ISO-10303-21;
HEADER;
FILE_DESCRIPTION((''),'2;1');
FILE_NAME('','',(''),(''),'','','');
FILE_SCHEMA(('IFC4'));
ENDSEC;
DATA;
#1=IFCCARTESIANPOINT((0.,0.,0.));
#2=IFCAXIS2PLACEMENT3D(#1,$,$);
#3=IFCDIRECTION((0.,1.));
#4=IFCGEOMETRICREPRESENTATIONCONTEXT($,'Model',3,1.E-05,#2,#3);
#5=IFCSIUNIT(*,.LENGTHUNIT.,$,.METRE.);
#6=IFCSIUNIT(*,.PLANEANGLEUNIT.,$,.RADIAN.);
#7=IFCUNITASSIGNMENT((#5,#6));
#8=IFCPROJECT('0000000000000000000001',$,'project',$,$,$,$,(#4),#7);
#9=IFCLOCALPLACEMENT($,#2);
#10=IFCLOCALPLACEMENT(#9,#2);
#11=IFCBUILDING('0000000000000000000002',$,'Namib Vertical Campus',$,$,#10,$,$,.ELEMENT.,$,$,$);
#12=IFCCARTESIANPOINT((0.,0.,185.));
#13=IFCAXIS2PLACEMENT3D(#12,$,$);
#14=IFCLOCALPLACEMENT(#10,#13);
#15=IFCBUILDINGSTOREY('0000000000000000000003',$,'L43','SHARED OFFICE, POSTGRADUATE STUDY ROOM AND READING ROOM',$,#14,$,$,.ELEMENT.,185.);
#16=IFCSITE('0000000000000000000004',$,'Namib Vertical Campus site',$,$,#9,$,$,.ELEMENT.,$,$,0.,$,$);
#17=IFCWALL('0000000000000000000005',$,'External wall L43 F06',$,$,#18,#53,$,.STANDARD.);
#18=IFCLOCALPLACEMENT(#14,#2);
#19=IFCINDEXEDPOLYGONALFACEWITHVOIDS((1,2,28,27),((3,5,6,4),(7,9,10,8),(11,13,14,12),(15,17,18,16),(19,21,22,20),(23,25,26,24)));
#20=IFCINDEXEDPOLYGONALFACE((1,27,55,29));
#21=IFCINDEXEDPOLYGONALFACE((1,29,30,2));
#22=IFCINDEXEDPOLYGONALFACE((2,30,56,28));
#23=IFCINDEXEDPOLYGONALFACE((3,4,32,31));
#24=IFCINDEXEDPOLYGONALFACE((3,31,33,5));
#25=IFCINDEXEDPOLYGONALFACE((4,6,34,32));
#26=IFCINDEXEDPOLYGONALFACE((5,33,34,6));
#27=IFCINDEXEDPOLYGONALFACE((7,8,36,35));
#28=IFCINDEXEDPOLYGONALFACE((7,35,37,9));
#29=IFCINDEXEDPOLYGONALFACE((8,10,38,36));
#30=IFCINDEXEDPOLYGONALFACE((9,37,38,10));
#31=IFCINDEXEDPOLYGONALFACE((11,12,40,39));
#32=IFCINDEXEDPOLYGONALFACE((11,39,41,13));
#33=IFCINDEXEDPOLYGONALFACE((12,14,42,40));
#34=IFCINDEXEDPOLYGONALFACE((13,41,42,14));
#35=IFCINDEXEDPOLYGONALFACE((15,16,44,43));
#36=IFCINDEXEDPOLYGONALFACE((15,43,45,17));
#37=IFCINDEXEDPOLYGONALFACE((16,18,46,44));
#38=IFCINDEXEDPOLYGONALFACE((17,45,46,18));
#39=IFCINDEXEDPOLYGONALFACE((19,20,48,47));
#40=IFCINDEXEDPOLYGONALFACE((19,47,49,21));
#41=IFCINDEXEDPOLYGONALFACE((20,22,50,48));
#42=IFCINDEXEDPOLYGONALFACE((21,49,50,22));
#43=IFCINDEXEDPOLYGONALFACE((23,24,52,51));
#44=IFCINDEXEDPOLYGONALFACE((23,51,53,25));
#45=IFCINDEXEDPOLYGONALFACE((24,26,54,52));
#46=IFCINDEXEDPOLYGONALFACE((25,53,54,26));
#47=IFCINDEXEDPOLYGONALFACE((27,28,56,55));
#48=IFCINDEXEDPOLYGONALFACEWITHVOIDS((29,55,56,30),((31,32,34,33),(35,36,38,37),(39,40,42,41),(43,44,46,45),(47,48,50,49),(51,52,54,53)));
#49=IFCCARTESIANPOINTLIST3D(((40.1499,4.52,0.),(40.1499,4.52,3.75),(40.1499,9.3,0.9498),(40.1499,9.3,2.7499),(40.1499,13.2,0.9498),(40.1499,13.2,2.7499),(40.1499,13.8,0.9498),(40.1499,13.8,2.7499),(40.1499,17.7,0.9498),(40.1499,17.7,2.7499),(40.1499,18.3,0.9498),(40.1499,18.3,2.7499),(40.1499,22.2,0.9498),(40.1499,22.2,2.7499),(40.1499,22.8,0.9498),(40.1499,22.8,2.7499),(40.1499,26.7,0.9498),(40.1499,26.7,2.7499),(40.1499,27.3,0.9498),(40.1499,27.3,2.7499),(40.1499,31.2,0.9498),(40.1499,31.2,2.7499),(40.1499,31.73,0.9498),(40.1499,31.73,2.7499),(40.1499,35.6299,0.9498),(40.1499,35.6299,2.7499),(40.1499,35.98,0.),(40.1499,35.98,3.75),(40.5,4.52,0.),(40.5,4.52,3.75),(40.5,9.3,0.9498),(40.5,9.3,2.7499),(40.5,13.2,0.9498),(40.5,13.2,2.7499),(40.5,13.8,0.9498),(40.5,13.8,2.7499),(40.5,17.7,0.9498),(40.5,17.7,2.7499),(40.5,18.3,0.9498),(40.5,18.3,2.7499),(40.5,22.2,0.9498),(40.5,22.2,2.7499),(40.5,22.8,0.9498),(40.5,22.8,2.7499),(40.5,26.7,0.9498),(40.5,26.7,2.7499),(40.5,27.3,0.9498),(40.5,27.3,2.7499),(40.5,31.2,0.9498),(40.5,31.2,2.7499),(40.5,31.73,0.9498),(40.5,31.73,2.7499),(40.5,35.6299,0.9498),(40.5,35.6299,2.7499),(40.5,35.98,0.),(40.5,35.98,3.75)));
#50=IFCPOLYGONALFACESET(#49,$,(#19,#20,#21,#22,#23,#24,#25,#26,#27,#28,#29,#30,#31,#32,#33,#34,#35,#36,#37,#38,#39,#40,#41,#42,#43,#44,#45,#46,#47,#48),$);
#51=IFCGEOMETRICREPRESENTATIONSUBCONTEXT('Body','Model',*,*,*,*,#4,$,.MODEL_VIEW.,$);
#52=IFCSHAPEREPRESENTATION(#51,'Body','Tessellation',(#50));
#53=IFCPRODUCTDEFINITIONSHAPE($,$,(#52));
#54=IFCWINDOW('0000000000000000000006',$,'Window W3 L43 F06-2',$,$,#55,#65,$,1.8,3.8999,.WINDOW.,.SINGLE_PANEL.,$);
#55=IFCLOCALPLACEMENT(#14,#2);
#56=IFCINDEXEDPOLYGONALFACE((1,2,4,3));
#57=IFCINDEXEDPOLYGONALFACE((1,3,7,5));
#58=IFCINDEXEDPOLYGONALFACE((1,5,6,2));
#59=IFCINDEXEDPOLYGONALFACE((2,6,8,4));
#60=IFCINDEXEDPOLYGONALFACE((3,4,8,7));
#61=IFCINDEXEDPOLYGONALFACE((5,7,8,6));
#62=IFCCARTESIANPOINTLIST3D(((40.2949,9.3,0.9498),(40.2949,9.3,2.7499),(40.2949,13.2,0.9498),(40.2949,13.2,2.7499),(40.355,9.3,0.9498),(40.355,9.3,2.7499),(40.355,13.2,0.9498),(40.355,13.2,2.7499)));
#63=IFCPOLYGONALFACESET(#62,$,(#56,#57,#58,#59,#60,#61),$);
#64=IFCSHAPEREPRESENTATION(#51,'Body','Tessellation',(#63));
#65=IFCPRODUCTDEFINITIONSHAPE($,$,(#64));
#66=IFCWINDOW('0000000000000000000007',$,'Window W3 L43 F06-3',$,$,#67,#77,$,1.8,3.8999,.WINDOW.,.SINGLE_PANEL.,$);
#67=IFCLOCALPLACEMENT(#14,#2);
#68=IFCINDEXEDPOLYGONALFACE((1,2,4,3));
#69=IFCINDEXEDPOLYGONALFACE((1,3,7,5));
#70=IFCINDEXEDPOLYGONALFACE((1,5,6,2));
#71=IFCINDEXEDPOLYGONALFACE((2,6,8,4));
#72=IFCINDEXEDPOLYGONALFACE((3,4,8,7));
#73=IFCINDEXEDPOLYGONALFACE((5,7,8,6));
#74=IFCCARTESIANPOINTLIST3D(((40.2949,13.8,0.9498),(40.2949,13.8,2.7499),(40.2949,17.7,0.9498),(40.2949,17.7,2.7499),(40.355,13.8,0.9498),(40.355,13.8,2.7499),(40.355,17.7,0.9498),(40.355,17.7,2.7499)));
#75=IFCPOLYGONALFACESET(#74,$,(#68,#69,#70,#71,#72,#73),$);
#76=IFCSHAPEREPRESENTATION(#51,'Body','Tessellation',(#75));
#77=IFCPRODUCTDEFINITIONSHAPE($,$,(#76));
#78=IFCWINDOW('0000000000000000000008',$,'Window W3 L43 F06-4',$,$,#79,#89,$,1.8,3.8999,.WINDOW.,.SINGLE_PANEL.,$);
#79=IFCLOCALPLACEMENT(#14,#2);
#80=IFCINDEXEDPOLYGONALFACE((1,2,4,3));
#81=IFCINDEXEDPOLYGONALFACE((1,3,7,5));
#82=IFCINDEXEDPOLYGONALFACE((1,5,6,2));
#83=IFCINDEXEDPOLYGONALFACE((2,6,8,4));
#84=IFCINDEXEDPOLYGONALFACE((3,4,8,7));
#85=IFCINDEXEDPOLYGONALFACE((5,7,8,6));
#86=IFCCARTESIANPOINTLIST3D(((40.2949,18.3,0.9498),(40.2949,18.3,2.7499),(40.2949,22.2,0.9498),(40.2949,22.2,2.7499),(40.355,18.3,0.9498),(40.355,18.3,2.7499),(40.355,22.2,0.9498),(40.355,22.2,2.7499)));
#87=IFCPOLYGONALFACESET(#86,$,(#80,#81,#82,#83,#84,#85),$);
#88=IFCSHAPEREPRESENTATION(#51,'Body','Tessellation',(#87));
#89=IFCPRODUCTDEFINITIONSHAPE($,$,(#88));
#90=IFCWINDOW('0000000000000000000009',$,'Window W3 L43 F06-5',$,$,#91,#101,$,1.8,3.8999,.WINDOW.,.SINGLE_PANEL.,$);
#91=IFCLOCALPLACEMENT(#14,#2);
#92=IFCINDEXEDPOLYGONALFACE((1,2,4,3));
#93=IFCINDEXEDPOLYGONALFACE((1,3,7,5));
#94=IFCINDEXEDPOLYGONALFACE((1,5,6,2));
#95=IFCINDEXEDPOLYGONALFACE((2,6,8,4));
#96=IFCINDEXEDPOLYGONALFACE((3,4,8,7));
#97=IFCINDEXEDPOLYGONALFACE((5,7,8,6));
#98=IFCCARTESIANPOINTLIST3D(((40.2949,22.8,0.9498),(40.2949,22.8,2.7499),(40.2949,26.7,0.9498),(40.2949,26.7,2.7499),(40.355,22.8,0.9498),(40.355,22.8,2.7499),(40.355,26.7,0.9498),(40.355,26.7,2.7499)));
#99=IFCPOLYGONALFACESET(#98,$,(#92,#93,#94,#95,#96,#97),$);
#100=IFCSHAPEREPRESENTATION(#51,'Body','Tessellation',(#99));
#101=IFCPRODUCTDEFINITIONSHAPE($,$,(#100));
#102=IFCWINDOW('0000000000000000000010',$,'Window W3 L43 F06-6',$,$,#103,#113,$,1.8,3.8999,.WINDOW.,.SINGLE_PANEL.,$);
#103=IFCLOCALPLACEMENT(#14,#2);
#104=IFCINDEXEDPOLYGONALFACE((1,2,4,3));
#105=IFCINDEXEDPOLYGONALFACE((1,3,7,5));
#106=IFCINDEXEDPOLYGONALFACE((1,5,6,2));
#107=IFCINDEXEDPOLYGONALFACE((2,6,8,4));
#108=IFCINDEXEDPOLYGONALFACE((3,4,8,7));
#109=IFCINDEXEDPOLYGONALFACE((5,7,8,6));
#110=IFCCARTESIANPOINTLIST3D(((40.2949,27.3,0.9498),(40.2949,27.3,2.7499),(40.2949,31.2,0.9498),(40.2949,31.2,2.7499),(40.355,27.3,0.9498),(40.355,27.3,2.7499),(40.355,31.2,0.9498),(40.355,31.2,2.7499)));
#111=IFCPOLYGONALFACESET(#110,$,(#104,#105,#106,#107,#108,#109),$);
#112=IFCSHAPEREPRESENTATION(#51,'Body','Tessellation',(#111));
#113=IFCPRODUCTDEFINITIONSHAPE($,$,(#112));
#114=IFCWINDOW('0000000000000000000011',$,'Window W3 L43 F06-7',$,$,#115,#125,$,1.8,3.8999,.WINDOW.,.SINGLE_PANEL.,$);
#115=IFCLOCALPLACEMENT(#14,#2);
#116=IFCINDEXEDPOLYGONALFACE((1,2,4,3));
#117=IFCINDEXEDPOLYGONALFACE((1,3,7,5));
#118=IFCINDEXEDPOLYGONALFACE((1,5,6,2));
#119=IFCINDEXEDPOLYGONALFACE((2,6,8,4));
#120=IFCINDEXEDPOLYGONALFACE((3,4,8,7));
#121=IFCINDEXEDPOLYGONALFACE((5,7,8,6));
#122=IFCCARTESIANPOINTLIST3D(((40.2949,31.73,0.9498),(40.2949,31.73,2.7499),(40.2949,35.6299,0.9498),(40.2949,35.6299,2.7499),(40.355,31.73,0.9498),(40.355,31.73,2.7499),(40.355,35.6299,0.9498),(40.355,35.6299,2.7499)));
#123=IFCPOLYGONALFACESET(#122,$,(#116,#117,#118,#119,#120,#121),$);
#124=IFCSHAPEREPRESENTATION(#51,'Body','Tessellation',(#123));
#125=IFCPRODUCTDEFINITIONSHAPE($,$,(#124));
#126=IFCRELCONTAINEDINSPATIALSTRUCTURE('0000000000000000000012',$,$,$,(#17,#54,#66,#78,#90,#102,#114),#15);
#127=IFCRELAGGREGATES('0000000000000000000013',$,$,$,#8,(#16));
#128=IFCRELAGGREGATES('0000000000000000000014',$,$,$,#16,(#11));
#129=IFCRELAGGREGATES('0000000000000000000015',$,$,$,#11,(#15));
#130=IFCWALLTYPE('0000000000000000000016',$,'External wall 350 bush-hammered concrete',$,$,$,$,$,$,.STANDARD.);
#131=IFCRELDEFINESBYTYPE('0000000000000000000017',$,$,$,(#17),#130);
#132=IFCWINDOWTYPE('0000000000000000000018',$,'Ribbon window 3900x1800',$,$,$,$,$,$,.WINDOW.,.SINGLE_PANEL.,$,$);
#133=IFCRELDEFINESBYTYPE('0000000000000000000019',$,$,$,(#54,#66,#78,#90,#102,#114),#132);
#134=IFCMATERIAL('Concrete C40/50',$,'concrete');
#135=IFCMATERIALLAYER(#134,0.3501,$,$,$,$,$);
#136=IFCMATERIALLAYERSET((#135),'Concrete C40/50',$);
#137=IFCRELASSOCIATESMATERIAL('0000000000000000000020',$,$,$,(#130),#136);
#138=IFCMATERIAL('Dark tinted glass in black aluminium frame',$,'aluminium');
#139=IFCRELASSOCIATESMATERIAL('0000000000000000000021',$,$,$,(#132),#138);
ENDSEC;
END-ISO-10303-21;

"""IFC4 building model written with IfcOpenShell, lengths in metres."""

from ifc_helpers import new_model, si_unit, direction, frame, frame_2d, origin, place, context, subcontext, project, spatial, rectangle, extrude, material, layer, layer_set, type_object, element, fill, save


model = new_model("IFC4")

# Units and contexts
model_context = context("Model", 3, precision=1e-05, world=origin(), true_north=direction((0.0, 1.0)))
body_context = subcontext(model_context, "Body", "Model", "MODEL_VIEW")
ifc_project = project(units=[si_unit("LENGTHUNIT", "METRE"), si_unit("PLANEANGLEUNIT", "RADIAN")], contexts=[model_context])

# Site, building, storey
site_placement = place(None, origin())
site = spatial("IfcSite", under=ifc_project, at=site_placement, Name="Namib Vertical Campus site", CompositionType="ELEMENT", RefElevation=0.0)
building_placement = place(site_placement, origin())
building = spatial("IfcBuilding", under=site, at=building_placement, Name="Namib Vertical Campus", CompositionType="ELEMENT")
storey_placement = place(building_placement, frame((0.0, 0.0, 185.0)))
storey = spatial("IfcBuildingStorey", under=building, at=storey_placement, Name="L43", Description="SHARED OFFICE, POSTGRADUATE STUDY ROOM AND READING ROOM", CompositionType="ELEMENT", Elevation=185.0)

# Wall, openings, windows
ifc_material_1 = material(Name="Concrete C40/50", Category="concrete")
ifc_layer_1 = layer(ifc_material_1, 0.3501)
ifc_layer_set_1 = layer_set([ifc_layer_1], Name="Concrete C40/50")
wall_type_1 = type_object("IfcWallType", Name="External wall 350 bush-hammered concrete", PredefinedType="STANDARD", material=ifc_layer_set_1)
wall_1_placement = place(storey_placement, frame((40.325, 4.52, 0.0), z_axis=(0.0, 0.0, 1.0), x_axis=(0.0, 1.0, 0.0)))
wall_1 = element("IfcWall", 1, at=wall_1_placement, inside=storey, type_object=wall_type_1, Name="External wall L43 F06", PredefinedType="STANDARD", context=body_context, shape_type="SweptSolid", body=[
    extrude(rectangle(XDim=31.46, YDim=0.3501, at=frame_2d((15.73, 0.0))), origin(), (0.0, 0.0, 1.0), 3.75),
])
opening_1_placement = place(wall_1_placement, frame((4.78, 0.0, 0.95)))
opening_1 = element("IfcOpeningElement", 2, at=opening_1_placement, cuts=wall_1, PredefinedType="OPENING", context=body_context, shape_type="SweptSolid", body=[
    extrude(rectangle(XDim=3.8999, YDim=1.8, at=frame_2d((1.95, 0.8999))), frame((0.0, 0.1851, 0.0), z_axis=(0.0, -1.0, 0.0), x_axis=(1.0, 0.0, 0.0)), (0.0, 0.0, 1.0), 0.3701),
])
opening_2_placement = place(wall_1_placement, frame((9.28, 0.0, 0.95)))
opening_2 = element("IfcOpeningElement", 3, at=opening_2_placement, cuts=wall_1, PredefinedType="OPENING", context=body_context, shape_type="SweptSolid", body=[
    extrude(rectangle(XDim=3.8999, YDim=1.8, at=frame_2d((1.95, 0.8999))), frame((0.0, 0.1851, 0.0), z_axis=(0.0, -1.0, 0.0), x_axis=(1.0, 0.0, 0.0)), (0.0, 0.0, 1.0), 0.3701),
])
opening_3_placement = place(wall_1_placement, frame((13.78, 0.0, 0.95)))
opening_3 = element("IfcOpeningElement", 4, at=opening_3_placement, cuts=wall_1, PredefinedType="OPENING", context=body_context, shape_type="SweptSolid", body=[
    extrude(rectangle(XDim=3.8999, YDim=1.8, at=frame_2d((1.95, 0.8999))), frame((0.0, 0.1851, 0.0), z_axis=(0.0, -1.0, 0.0), x_axis=(1.0, 0.0, 0.0)), (0.0, 0.0, 1.0), 0.3701),
])
opening_4_placement = place(wall_1_placement, frame((18.28, 0.0, 0.95)))
opening_4 = element("IfcOpeningElement", 5, at=opening_4_placement, cuts=wall_1, PredefinedType="OPENING", context=body_context, shape_type="SweptSolid", body=[
    extrude(rectangle(XDim=3.8999, YDim=1.8, at=frame_2d((1.95, 0.8999))), frame((0.0, 0.1851, 0.0), z_axis=(0.0, -1.0, 0.0), x_axis=(1.0, 0.0, 0.0)), (0.0, 0.0, 1.0), 0.3701),
])
opening_5_placement = place(wall_1_placement, frame((22.78, 0.0, 0.95)))
opening_5 = element("IfcOpeningElement", 6, at=opening_5_placement, cuts=wall_1, PredefinedType="OPENING", context=body_context, shape_type="SweptSolid", body=[
    extrude(rectangle(XDim=3.8999, YDim=1.8, at=frame_2d((1.95, 0.8999))), frame((0.0, 0.1851, 0.0), z_axis=(0.0, -1.0, 0.0), x_axis=(1.0, 0.0, 0.0)), (0.0, 0.0, 1.0), 0.3701),
])
opening_6_placement = place(wall_1_placement, frame((27.21, 0.0, 0.95)))
opening_6 = element("IfcOpeningElement", 7, at=opening_6_placement, cuts=wall_1, PredefinedType="OPENING", context=body_context, shape_type="SweptSolid", body=[
    extrude(rectangle(XDim=3.8999, YDim=1.8, at=frame_2d((1.95, 0.8999))), frame((0.0, 0.1851, 0.0), z_axis=(0.0, -1.0, 0.0), x_axis=(1.0, 0.0, 0.0)), (0.0, 0.0, 1.0), 0.3701),
])
ifc_material_2 = material(Name="Dark tinted glass in black aluminium frame", Category="aluminium")
window_type = type_object("IfcWindowType", Name="Ribbon window 3900x1800", PartitioningType="SINGLE_PANEL", PredefinedType="WINDOW", material=ifc_material_2)
window_1_placement = place(opening_1_placement, origin())
window_1 = element("IfcWindow", 8, at=window_1_placement, inside=storey, type_object=window_type, Name="Window W3 L43 F06-2", OverallHeight=1.8, OverallWidth=3.8999, PartitioningType="SINGLE_PANEL", PredefinedType="WINDOW", context=body_context, shape_type="SweptSolid", body=[
    extrude(rectangle(XDim=3.8999, YDim=1.8, at=frame_2d((1.95, 0.8999))), frame((0.0, 0.03, 0.0), z_axis=(0.0, -1.0, 0.0), x_axis=(1.0, 0.0, 0.0)), (0.0, 0.0, 1.0), 0.0601),
])
fill(opening_1, window_1)
window_2_placement = place(opening_2_placement, origin())
window_2 = element("IfcWindow", 9, at=window_2_placement, inside=storey, type_object=window_type, Name="Window W3 L43 F06-3", OverallHeight=1.8, OverallWidth=3.8999, PartitioningType="SINGLE_PANEL", PredefinedType="WINDOW", context=body_context, shape_type="SweptSolid", body=[
    extrude(rectangle(XDim=3.8999, YDim=1.8, at=frame_2d((1.95, 0.8999))), frame((0.0, 0.03, 0.0), z_axis=(0.0, -1.0, 0.0), x_axis=(1.0, 0.0, 0.0)), (0.0, 0.0, 1.0), 0.0601),
])
fill(opening_2, window_2)
window_3_placement = place(opening_3_placement, origin())
window_3 = element("IfcWindow", 10, at=window_3_placement, inside=storey, type_object=window_type, Name="Window W3 L43 F06-4", OverallHeight=1.8, OverallWidth=3.8999, PartitioningType="SINGLE_PANEL", PredefinedType="WINDOW", context=body_context, shape_type="SweptSolid", body=[
    extrude(rectangle(XDim=3.8999, YDim=1.8, at=frame_2d((1.95, 0.8999))), frame((0.0, 0.03, 0.0), z_axis=(0.0, -1.0, 0.0), x_axis=(1.0, 0.0, 0.0)), (0.0, 0.0, 1.0), 0.0601),
])
fill(opening_3, window_3)
window_4_placement = place(opening_4_placement, origin())
window_4 = element("IfcWindow", 11, at=window_4_placement, inside=storey, type_object=window_type, Name="Window W3 L43 F06-5", OverallHeight=1.8, OverallWidth=3.8999, PartitioningType="SINGLE_PANEL", PredefinedType="WINDOW", context=body_context, shape_type="SweptSolid", body=[
    extrude(rectangle(XDim=3.8999, YDim=1.8, at=frame_2d((1.95, 0.8999))), frame((0.0, 0.03, 0.0), z_axis=(0.0, -1.0, 0.0), x_axis=(1.0, 0.0, 0.0)), (0.0, 0.0, 1.0), 0.0601),
])
fill(opening_4, window_4)
window_5_placement = place(opening_5_placement, origin())
window_5 = element("IfcWindow", 12, at=window_5_placement, inside=storey, type_object=window_type, Name="Window W3 L43 F06-6", OverallHeight=1.8, OverallWidth=3.8999, PartitioningType="SINGLE_PANEL", PredefinedType="WINDOW", context=body_context, shape_type="SweptSolid", body=[
    extrude(rectangle(XDim=3.8999, YDim=1.8, at=frame_2d((1.95, 0.8999))), frame((0.0, 0.03, 0.0), z_axis=(0.0, -1.0, 0.0), x_axis=(1.0, 0.0, 0.0)), (0.0, 0.0, 1.0), 0.0601),
])
fill(opening_5, window_5)
window_6_placement = place(opening_6_placement, origin())
window_6 = element("IfcWindow", 13, at=window_6_placement, inside=storey, type_object=window_type, Name="Window W3 L43 F06-7", OverallHeight=1.8, OverallWidth=3.8999, PartitioningType="SINGLE_PANEL", PredefinedType="WINDOW", context=body_context, shape_type="SweptSolid", body=[
    extrude(rectangle(XDim=3.8999, YDim=1.8, at=frame_2d((1.95, 0.8999))), frame((0.0, 0.03, 0.0), z_axis=(0.0, -1.0, 0.0), x_axis=(1.0, 0.0, 0.0)), (0.0, 0.0, 1.0), 0.0601),
])
fill(opening_6, window_6)

save(model, "model.ifc")
